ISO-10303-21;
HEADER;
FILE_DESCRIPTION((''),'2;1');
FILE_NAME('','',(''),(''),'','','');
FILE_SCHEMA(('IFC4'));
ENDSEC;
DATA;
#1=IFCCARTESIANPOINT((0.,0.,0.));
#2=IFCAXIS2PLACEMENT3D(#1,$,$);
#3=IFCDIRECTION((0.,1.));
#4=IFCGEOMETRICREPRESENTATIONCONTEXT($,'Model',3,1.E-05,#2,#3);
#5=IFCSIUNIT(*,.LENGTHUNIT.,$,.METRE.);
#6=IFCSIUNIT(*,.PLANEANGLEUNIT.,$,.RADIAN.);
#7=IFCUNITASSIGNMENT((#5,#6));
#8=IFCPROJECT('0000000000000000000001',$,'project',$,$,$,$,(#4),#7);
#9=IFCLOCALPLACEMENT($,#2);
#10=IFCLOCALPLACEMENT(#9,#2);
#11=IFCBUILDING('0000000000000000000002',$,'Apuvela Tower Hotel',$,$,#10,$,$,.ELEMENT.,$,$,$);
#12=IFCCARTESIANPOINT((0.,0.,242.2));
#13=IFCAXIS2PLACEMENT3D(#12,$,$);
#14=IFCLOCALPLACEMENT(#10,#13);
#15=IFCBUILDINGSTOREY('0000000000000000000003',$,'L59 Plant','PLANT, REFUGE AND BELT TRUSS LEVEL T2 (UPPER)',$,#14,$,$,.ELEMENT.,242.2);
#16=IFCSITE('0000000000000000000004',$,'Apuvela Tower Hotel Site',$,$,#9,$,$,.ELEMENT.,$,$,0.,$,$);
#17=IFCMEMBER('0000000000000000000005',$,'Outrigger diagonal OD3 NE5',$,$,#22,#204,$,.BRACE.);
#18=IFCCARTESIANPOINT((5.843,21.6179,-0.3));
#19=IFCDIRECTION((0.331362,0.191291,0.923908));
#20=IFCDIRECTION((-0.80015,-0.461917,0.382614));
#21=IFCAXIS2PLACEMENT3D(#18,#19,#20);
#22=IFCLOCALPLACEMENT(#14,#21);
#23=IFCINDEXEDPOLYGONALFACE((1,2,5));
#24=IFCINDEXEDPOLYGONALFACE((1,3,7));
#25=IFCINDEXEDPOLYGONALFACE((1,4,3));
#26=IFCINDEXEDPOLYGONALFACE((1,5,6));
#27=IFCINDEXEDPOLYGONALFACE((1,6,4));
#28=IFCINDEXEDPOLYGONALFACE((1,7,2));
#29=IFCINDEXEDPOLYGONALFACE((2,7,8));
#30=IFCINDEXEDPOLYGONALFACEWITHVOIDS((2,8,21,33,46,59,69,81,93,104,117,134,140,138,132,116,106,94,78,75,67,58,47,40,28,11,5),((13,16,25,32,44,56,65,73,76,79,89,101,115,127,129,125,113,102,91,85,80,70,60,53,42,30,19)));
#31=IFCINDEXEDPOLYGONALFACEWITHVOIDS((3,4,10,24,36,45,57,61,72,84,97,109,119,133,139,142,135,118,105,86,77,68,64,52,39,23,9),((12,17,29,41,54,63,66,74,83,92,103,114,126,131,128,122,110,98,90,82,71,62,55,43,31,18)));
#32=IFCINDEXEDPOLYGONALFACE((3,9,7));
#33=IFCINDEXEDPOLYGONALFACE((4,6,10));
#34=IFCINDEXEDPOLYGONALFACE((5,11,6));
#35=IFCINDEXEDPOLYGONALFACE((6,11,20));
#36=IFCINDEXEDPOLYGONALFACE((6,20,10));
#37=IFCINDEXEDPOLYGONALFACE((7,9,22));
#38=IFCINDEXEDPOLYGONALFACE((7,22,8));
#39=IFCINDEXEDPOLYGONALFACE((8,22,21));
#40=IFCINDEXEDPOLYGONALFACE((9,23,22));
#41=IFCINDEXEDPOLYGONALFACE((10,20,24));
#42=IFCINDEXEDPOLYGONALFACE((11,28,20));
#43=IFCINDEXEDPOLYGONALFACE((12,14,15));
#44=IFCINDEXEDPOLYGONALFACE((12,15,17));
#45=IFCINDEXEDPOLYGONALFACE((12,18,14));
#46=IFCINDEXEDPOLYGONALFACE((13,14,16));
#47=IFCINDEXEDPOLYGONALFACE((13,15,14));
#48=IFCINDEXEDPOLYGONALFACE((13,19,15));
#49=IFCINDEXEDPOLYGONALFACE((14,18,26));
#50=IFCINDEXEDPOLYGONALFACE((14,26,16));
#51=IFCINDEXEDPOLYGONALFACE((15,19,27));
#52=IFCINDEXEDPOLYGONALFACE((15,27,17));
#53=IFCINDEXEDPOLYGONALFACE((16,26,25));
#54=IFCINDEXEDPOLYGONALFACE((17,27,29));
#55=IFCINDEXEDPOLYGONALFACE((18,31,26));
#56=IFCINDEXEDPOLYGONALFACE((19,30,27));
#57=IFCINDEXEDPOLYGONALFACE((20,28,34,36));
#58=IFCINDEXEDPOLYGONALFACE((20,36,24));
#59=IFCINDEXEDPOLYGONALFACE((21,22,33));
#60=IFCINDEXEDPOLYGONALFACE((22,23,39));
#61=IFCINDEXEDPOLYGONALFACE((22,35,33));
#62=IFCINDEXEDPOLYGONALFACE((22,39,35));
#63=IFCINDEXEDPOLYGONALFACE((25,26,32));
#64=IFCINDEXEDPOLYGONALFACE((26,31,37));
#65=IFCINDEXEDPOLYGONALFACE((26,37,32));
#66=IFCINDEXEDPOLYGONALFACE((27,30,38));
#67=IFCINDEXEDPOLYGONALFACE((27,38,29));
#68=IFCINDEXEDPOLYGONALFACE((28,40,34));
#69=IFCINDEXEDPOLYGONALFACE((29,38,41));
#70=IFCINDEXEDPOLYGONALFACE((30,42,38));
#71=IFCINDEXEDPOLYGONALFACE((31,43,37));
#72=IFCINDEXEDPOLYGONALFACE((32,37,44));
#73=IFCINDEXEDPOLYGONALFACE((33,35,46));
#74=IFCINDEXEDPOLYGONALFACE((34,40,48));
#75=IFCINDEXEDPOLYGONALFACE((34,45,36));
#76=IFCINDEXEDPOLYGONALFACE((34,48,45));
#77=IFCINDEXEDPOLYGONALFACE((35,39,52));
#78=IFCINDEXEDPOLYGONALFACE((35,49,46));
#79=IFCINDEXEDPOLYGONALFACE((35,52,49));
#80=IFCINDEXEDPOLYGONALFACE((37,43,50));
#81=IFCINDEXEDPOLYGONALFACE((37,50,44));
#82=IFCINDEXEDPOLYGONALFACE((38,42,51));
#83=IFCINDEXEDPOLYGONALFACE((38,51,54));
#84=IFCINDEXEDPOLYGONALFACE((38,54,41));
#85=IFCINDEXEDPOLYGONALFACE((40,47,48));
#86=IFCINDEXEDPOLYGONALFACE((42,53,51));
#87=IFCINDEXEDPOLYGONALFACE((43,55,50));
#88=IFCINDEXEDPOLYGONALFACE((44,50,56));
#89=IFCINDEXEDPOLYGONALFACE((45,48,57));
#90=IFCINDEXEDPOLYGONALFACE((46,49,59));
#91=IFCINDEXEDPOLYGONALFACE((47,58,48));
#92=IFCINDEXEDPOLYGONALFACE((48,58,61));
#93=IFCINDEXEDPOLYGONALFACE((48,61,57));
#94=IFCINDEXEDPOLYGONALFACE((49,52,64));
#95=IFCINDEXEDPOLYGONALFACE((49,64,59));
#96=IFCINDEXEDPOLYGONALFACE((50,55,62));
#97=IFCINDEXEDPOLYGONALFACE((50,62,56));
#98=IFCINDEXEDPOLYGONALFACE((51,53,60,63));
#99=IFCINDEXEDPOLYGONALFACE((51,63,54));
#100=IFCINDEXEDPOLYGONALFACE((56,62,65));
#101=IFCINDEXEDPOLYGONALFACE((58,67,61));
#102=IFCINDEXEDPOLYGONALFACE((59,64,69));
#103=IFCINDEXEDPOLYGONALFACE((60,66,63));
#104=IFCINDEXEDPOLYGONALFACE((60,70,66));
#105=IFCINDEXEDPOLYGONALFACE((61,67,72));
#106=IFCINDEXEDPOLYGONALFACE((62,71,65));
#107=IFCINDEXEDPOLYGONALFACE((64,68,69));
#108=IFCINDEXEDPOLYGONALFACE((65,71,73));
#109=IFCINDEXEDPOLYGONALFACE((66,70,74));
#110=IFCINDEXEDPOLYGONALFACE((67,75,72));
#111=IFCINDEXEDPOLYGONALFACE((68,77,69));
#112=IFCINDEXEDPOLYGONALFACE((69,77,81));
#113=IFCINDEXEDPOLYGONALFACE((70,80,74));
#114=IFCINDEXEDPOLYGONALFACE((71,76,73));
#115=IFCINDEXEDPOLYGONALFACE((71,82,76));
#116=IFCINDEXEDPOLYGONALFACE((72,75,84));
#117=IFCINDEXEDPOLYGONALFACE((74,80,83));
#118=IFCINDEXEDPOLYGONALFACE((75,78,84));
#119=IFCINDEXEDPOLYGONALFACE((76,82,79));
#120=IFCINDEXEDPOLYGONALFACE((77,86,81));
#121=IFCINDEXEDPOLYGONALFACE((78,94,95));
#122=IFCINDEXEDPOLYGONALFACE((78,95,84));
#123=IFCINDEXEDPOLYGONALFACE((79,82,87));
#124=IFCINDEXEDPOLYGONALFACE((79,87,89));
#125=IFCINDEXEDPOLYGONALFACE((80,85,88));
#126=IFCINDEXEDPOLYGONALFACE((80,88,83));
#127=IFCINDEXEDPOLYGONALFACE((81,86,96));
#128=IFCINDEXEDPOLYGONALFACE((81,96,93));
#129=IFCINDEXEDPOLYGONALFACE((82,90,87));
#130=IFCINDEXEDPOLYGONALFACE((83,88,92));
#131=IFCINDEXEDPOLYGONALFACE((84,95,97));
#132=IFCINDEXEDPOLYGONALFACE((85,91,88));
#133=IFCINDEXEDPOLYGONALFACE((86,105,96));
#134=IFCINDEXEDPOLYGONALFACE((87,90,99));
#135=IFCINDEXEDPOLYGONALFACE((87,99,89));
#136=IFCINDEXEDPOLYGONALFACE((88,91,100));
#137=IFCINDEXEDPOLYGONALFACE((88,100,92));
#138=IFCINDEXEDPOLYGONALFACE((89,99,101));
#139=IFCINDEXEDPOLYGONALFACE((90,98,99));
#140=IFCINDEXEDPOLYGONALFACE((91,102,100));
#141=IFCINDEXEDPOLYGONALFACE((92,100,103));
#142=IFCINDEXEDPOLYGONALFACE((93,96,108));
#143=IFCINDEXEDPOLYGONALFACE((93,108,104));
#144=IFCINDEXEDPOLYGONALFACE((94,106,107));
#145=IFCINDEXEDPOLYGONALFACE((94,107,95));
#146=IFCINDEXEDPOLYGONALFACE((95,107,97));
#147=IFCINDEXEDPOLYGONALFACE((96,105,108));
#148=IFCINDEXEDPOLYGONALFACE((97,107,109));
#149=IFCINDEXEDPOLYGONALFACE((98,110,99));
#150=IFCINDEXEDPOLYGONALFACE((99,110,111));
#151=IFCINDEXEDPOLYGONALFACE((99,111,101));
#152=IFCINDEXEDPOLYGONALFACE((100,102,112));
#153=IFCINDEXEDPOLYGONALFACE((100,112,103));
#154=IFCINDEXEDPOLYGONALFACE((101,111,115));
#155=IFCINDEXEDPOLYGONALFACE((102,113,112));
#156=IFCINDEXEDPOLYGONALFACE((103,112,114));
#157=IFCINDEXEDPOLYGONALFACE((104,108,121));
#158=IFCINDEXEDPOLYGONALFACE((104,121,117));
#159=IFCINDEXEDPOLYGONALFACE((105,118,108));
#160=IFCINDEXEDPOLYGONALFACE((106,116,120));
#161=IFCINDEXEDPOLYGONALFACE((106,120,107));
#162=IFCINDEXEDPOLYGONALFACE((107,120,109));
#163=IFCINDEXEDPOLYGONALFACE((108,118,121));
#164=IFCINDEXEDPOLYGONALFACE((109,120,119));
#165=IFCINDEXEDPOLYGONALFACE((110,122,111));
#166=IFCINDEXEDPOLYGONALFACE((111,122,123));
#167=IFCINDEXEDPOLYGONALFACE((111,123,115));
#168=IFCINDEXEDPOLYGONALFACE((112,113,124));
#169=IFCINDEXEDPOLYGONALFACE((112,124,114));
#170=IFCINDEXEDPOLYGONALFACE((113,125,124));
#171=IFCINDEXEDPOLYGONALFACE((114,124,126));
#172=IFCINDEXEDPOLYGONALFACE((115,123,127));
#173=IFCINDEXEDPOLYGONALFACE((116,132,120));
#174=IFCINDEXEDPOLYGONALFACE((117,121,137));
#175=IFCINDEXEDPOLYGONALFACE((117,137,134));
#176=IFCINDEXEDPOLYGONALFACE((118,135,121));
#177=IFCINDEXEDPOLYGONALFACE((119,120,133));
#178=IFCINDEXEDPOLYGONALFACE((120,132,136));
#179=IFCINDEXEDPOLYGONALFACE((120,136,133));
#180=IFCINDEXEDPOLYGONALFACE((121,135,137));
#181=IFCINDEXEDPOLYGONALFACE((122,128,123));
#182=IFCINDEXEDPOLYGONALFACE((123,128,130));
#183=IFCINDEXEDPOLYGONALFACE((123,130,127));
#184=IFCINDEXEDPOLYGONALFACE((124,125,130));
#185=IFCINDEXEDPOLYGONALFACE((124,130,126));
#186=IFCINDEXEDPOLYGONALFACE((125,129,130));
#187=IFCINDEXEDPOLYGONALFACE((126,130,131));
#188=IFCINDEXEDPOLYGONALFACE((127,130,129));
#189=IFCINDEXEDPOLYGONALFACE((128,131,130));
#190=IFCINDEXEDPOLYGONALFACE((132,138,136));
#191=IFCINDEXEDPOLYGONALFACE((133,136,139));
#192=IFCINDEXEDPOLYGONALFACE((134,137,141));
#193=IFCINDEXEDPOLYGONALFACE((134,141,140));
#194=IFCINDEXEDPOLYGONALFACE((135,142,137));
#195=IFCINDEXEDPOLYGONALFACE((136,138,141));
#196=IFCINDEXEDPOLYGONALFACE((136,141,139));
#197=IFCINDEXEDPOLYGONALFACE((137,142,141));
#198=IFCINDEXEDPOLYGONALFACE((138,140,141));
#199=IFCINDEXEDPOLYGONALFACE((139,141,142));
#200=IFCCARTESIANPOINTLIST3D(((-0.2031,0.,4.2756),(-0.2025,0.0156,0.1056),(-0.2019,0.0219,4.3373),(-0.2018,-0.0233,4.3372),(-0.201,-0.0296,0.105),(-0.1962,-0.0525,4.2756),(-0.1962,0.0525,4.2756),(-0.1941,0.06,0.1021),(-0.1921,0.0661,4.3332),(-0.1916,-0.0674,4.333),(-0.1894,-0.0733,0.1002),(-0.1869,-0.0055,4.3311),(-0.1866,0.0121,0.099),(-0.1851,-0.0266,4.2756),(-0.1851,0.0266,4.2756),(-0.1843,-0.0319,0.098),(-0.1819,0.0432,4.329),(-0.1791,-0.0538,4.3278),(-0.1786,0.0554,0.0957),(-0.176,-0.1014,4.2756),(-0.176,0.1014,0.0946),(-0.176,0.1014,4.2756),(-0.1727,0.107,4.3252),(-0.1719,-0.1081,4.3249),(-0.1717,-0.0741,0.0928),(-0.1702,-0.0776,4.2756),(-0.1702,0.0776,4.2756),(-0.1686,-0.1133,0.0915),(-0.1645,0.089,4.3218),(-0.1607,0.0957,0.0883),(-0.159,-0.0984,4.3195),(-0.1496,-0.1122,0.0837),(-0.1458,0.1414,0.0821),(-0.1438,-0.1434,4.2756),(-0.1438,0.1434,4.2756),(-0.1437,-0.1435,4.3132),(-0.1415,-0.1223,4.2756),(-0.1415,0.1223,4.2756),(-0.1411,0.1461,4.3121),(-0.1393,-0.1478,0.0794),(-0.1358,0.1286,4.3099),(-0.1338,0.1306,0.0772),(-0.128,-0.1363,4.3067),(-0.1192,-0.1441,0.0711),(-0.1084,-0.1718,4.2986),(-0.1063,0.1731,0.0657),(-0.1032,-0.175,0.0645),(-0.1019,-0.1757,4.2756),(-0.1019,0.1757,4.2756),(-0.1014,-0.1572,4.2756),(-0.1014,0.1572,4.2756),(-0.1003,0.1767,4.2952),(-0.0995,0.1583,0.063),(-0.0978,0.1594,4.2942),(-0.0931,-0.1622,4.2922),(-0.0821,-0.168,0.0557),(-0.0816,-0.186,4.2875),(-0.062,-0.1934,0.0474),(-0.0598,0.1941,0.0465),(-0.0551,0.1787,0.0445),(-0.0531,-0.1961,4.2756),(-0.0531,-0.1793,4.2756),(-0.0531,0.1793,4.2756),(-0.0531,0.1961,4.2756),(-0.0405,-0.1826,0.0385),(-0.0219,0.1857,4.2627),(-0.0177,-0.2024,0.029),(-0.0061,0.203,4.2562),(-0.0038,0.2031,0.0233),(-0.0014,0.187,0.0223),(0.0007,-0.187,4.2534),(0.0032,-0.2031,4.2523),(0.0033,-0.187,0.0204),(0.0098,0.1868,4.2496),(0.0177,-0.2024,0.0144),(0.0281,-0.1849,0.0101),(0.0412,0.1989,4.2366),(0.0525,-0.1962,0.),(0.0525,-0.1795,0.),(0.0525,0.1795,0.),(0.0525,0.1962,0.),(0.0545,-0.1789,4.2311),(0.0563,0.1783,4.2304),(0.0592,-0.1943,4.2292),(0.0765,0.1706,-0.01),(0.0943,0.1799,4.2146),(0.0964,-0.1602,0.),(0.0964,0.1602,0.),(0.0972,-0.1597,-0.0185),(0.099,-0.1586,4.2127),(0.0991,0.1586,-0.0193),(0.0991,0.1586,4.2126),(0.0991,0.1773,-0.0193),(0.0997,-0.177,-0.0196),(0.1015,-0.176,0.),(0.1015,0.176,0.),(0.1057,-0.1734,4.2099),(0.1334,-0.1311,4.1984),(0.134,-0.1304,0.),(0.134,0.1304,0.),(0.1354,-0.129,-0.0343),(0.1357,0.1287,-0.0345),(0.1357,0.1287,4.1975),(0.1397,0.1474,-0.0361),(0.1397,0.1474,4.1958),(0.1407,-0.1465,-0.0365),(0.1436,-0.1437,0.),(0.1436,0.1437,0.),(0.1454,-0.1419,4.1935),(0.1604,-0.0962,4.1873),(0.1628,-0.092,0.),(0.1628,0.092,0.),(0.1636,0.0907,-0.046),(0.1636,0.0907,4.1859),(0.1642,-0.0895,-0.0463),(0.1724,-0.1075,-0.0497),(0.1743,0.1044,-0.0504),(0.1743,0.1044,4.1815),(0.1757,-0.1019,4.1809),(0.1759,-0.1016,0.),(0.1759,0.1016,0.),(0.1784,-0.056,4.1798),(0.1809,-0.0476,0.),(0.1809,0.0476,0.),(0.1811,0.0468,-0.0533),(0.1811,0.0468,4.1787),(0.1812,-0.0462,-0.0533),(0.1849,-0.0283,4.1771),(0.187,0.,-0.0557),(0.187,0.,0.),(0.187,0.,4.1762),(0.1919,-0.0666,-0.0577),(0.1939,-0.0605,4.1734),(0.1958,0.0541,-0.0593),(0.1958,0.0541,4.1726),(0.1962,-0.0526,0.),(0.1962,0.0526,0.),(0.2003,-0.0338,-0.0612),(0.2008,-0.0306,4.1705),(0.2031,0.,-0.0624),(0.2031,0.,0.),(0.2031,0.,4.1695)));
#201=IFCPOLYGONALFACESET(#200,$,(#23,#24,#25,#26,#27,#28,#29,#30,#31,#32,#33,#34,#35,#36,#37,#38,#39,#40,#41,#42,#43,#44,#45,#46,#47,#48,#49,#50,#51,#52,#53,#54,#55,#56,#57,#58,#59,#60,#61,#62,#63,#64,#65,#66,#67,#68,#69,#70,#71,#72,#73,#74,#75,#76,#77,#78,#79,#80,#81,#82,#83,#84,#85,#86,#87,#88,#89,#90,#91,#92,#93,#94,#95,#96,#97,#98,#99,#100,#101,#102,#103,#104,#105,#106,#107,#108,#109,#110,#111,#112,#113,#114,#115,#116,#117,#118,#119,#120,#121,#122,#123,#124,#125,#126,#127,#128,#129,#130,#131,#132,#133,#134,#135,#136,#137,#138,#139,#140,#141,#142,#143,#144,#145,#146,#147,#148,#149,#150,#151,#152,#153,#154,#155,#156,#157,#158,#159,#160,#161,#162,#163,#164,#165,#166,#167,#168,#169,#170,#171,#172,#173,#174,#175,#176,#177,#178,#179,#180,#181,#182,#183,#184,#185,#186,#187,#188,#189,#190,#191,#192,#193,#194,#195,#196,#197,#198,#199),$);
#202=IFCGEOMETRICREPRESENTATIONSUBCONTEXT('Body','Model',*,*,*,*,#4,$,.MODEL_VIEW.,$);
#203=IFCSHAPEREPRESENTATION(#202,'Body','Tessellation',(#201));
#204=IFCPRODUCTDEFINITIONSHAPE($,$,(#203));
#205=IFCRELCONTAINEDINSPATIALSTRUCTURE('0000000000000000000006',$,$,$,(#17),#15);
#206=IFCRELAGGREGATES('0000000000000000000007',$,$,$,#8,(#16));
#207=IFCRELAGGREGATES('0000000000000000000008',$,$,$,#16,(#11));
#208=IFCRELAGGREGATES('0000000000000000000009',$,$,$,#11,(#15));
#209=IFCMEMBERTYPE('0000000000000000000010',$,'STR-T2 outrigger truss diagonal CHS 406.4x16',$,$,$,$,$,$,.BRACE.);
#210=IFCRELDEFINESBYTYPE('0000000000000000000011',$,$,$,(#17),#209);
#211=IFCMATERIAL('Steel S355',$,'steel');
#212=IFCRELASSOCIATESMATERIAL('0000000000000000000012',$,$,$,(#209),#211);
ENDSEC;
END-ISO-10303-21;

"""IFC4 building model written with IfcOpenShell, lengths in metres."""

from ifc_helpers import new_model, si_unit, direction, frame, origin, origin_2d, place, context, subcontext, project, spatial, hollow_circle, extrude, boolean, halfspace, material, material_profile, profile_set, type_object, element, save


model = new_model("IFC4")

# Units and contexts
model_context = context("Model", 3, precision=1e-05, world=origin(), true_north=direction((0.0, 1.0)))
body_context = subcontext(model_context, "Body", "Model", "MODEL_VIEW")
ifc_project = project(units=[si_unit("LENGTHUNIT", "METRE"), si_unit("PLANEANGLEUNIT", "RADIAN")], contexts=[model_context])

# Site, building, storey
site_placement = place(None, origin())
site = spatial("IfcSite", under=ifc_project, at=site_placement, Name="Apuvela Tower Hotel Site", CompositionType="ELEMENT", RefElevation=0.0)
building_placement = place(site_placement, origin())
building = spatial("IfcBuilding", under=site, at=building_placement, Name="Apuvela Tower Hotel", CompositionType="ELEMENT")
storey_placement = place(building_placement, frame((0.0, 0.0, 242.2)))
storey = spatial("IfcBuildingStorey", under=building, at=storey_placement, Name="L59 Plant", Description="PLANT, REFUGE AND BELT TRUSS LEVEL T2 (UPPER)", CompositionType="ELEMENT", Elevation=242.2)

# Shared definitions
ifc_material_1 = material(Name="Steel S355", Category="steel")

# Member
ifc_material_profile_1 = material_profile(ifc_material_1, hollow_circle(Radius=0.2031, WallThickness=0.0161, at=origin_2d()), Name="CHS 406.4x16")
ifc_profile_set_1 = profile_set([ifc_material_profile_1], Name="Steel S355")
member_type_1 = type_object("IfcMemberType", Name="STR-T2 outrigger truss diagonal CHS 406.4x16", PredefinedType="BRACE", material=ifc_profile_set_1)
member_1_placement = place(storey_placement, frame((5.843, 21.6179, -0.3), z_axis=(0.331362, 0.191291, 0.923908), x_axis=(-0.80015, -0.461917, 0.382614)))
solid_1 = boolean("DIFFERENCE", boolean("DIFFERENCE", extrude(hollow_circle(Radius=0.2031, WallThickness=0.0161, at=origin_2d()), frame((0.0, 0.0, -0.2041)), (0.0, 0.0, 1.0), 4.6838), halfspace(frame((0.0, 0.0, 0.0217), z_axis=(0.382614, 0.0, 0.923908), x_axis=(0.923908, 0.0, -0.382614)), True)), halfspace(frame((0.0, 0.0, 4.2537), z_axis=(0.382614, 0.0, 0.923908), x_axis=(0.923908, 0.0, -0.382614)), False))
element("IfcMember", 1, at=member_1_placement, inside=storey, type_object=member_type_1, Name="Outrigger diagonal OD3 NE5", PredefinedType="BRACE", context=body_context, shape_type="SweptSolid", body=[
    boolean("UNION", boolean("DIFFERENCE", boolean("DIFFERENCE", extrude(hollow_circle(Radius=0.2031, WallThickness=0.0161, at=origin_2d()), origin(), (0.0, 0.0, 1.0), 4.2756), halfspace(frame((0.0, 0.0, 0.0217), z_axis=(0.382614, 0.0, 0.923908), x_axis=(0.923908, 0.0, -0.382614)), True)), halfspace(frame((0.0, 0.0, 4.2537), z_axis=(0.382614, 0.0, 0.923908), x_axis=(0.923908, 0.0, -0.382614)), False)), solid_1),
])

save(model, "model.ifc")
